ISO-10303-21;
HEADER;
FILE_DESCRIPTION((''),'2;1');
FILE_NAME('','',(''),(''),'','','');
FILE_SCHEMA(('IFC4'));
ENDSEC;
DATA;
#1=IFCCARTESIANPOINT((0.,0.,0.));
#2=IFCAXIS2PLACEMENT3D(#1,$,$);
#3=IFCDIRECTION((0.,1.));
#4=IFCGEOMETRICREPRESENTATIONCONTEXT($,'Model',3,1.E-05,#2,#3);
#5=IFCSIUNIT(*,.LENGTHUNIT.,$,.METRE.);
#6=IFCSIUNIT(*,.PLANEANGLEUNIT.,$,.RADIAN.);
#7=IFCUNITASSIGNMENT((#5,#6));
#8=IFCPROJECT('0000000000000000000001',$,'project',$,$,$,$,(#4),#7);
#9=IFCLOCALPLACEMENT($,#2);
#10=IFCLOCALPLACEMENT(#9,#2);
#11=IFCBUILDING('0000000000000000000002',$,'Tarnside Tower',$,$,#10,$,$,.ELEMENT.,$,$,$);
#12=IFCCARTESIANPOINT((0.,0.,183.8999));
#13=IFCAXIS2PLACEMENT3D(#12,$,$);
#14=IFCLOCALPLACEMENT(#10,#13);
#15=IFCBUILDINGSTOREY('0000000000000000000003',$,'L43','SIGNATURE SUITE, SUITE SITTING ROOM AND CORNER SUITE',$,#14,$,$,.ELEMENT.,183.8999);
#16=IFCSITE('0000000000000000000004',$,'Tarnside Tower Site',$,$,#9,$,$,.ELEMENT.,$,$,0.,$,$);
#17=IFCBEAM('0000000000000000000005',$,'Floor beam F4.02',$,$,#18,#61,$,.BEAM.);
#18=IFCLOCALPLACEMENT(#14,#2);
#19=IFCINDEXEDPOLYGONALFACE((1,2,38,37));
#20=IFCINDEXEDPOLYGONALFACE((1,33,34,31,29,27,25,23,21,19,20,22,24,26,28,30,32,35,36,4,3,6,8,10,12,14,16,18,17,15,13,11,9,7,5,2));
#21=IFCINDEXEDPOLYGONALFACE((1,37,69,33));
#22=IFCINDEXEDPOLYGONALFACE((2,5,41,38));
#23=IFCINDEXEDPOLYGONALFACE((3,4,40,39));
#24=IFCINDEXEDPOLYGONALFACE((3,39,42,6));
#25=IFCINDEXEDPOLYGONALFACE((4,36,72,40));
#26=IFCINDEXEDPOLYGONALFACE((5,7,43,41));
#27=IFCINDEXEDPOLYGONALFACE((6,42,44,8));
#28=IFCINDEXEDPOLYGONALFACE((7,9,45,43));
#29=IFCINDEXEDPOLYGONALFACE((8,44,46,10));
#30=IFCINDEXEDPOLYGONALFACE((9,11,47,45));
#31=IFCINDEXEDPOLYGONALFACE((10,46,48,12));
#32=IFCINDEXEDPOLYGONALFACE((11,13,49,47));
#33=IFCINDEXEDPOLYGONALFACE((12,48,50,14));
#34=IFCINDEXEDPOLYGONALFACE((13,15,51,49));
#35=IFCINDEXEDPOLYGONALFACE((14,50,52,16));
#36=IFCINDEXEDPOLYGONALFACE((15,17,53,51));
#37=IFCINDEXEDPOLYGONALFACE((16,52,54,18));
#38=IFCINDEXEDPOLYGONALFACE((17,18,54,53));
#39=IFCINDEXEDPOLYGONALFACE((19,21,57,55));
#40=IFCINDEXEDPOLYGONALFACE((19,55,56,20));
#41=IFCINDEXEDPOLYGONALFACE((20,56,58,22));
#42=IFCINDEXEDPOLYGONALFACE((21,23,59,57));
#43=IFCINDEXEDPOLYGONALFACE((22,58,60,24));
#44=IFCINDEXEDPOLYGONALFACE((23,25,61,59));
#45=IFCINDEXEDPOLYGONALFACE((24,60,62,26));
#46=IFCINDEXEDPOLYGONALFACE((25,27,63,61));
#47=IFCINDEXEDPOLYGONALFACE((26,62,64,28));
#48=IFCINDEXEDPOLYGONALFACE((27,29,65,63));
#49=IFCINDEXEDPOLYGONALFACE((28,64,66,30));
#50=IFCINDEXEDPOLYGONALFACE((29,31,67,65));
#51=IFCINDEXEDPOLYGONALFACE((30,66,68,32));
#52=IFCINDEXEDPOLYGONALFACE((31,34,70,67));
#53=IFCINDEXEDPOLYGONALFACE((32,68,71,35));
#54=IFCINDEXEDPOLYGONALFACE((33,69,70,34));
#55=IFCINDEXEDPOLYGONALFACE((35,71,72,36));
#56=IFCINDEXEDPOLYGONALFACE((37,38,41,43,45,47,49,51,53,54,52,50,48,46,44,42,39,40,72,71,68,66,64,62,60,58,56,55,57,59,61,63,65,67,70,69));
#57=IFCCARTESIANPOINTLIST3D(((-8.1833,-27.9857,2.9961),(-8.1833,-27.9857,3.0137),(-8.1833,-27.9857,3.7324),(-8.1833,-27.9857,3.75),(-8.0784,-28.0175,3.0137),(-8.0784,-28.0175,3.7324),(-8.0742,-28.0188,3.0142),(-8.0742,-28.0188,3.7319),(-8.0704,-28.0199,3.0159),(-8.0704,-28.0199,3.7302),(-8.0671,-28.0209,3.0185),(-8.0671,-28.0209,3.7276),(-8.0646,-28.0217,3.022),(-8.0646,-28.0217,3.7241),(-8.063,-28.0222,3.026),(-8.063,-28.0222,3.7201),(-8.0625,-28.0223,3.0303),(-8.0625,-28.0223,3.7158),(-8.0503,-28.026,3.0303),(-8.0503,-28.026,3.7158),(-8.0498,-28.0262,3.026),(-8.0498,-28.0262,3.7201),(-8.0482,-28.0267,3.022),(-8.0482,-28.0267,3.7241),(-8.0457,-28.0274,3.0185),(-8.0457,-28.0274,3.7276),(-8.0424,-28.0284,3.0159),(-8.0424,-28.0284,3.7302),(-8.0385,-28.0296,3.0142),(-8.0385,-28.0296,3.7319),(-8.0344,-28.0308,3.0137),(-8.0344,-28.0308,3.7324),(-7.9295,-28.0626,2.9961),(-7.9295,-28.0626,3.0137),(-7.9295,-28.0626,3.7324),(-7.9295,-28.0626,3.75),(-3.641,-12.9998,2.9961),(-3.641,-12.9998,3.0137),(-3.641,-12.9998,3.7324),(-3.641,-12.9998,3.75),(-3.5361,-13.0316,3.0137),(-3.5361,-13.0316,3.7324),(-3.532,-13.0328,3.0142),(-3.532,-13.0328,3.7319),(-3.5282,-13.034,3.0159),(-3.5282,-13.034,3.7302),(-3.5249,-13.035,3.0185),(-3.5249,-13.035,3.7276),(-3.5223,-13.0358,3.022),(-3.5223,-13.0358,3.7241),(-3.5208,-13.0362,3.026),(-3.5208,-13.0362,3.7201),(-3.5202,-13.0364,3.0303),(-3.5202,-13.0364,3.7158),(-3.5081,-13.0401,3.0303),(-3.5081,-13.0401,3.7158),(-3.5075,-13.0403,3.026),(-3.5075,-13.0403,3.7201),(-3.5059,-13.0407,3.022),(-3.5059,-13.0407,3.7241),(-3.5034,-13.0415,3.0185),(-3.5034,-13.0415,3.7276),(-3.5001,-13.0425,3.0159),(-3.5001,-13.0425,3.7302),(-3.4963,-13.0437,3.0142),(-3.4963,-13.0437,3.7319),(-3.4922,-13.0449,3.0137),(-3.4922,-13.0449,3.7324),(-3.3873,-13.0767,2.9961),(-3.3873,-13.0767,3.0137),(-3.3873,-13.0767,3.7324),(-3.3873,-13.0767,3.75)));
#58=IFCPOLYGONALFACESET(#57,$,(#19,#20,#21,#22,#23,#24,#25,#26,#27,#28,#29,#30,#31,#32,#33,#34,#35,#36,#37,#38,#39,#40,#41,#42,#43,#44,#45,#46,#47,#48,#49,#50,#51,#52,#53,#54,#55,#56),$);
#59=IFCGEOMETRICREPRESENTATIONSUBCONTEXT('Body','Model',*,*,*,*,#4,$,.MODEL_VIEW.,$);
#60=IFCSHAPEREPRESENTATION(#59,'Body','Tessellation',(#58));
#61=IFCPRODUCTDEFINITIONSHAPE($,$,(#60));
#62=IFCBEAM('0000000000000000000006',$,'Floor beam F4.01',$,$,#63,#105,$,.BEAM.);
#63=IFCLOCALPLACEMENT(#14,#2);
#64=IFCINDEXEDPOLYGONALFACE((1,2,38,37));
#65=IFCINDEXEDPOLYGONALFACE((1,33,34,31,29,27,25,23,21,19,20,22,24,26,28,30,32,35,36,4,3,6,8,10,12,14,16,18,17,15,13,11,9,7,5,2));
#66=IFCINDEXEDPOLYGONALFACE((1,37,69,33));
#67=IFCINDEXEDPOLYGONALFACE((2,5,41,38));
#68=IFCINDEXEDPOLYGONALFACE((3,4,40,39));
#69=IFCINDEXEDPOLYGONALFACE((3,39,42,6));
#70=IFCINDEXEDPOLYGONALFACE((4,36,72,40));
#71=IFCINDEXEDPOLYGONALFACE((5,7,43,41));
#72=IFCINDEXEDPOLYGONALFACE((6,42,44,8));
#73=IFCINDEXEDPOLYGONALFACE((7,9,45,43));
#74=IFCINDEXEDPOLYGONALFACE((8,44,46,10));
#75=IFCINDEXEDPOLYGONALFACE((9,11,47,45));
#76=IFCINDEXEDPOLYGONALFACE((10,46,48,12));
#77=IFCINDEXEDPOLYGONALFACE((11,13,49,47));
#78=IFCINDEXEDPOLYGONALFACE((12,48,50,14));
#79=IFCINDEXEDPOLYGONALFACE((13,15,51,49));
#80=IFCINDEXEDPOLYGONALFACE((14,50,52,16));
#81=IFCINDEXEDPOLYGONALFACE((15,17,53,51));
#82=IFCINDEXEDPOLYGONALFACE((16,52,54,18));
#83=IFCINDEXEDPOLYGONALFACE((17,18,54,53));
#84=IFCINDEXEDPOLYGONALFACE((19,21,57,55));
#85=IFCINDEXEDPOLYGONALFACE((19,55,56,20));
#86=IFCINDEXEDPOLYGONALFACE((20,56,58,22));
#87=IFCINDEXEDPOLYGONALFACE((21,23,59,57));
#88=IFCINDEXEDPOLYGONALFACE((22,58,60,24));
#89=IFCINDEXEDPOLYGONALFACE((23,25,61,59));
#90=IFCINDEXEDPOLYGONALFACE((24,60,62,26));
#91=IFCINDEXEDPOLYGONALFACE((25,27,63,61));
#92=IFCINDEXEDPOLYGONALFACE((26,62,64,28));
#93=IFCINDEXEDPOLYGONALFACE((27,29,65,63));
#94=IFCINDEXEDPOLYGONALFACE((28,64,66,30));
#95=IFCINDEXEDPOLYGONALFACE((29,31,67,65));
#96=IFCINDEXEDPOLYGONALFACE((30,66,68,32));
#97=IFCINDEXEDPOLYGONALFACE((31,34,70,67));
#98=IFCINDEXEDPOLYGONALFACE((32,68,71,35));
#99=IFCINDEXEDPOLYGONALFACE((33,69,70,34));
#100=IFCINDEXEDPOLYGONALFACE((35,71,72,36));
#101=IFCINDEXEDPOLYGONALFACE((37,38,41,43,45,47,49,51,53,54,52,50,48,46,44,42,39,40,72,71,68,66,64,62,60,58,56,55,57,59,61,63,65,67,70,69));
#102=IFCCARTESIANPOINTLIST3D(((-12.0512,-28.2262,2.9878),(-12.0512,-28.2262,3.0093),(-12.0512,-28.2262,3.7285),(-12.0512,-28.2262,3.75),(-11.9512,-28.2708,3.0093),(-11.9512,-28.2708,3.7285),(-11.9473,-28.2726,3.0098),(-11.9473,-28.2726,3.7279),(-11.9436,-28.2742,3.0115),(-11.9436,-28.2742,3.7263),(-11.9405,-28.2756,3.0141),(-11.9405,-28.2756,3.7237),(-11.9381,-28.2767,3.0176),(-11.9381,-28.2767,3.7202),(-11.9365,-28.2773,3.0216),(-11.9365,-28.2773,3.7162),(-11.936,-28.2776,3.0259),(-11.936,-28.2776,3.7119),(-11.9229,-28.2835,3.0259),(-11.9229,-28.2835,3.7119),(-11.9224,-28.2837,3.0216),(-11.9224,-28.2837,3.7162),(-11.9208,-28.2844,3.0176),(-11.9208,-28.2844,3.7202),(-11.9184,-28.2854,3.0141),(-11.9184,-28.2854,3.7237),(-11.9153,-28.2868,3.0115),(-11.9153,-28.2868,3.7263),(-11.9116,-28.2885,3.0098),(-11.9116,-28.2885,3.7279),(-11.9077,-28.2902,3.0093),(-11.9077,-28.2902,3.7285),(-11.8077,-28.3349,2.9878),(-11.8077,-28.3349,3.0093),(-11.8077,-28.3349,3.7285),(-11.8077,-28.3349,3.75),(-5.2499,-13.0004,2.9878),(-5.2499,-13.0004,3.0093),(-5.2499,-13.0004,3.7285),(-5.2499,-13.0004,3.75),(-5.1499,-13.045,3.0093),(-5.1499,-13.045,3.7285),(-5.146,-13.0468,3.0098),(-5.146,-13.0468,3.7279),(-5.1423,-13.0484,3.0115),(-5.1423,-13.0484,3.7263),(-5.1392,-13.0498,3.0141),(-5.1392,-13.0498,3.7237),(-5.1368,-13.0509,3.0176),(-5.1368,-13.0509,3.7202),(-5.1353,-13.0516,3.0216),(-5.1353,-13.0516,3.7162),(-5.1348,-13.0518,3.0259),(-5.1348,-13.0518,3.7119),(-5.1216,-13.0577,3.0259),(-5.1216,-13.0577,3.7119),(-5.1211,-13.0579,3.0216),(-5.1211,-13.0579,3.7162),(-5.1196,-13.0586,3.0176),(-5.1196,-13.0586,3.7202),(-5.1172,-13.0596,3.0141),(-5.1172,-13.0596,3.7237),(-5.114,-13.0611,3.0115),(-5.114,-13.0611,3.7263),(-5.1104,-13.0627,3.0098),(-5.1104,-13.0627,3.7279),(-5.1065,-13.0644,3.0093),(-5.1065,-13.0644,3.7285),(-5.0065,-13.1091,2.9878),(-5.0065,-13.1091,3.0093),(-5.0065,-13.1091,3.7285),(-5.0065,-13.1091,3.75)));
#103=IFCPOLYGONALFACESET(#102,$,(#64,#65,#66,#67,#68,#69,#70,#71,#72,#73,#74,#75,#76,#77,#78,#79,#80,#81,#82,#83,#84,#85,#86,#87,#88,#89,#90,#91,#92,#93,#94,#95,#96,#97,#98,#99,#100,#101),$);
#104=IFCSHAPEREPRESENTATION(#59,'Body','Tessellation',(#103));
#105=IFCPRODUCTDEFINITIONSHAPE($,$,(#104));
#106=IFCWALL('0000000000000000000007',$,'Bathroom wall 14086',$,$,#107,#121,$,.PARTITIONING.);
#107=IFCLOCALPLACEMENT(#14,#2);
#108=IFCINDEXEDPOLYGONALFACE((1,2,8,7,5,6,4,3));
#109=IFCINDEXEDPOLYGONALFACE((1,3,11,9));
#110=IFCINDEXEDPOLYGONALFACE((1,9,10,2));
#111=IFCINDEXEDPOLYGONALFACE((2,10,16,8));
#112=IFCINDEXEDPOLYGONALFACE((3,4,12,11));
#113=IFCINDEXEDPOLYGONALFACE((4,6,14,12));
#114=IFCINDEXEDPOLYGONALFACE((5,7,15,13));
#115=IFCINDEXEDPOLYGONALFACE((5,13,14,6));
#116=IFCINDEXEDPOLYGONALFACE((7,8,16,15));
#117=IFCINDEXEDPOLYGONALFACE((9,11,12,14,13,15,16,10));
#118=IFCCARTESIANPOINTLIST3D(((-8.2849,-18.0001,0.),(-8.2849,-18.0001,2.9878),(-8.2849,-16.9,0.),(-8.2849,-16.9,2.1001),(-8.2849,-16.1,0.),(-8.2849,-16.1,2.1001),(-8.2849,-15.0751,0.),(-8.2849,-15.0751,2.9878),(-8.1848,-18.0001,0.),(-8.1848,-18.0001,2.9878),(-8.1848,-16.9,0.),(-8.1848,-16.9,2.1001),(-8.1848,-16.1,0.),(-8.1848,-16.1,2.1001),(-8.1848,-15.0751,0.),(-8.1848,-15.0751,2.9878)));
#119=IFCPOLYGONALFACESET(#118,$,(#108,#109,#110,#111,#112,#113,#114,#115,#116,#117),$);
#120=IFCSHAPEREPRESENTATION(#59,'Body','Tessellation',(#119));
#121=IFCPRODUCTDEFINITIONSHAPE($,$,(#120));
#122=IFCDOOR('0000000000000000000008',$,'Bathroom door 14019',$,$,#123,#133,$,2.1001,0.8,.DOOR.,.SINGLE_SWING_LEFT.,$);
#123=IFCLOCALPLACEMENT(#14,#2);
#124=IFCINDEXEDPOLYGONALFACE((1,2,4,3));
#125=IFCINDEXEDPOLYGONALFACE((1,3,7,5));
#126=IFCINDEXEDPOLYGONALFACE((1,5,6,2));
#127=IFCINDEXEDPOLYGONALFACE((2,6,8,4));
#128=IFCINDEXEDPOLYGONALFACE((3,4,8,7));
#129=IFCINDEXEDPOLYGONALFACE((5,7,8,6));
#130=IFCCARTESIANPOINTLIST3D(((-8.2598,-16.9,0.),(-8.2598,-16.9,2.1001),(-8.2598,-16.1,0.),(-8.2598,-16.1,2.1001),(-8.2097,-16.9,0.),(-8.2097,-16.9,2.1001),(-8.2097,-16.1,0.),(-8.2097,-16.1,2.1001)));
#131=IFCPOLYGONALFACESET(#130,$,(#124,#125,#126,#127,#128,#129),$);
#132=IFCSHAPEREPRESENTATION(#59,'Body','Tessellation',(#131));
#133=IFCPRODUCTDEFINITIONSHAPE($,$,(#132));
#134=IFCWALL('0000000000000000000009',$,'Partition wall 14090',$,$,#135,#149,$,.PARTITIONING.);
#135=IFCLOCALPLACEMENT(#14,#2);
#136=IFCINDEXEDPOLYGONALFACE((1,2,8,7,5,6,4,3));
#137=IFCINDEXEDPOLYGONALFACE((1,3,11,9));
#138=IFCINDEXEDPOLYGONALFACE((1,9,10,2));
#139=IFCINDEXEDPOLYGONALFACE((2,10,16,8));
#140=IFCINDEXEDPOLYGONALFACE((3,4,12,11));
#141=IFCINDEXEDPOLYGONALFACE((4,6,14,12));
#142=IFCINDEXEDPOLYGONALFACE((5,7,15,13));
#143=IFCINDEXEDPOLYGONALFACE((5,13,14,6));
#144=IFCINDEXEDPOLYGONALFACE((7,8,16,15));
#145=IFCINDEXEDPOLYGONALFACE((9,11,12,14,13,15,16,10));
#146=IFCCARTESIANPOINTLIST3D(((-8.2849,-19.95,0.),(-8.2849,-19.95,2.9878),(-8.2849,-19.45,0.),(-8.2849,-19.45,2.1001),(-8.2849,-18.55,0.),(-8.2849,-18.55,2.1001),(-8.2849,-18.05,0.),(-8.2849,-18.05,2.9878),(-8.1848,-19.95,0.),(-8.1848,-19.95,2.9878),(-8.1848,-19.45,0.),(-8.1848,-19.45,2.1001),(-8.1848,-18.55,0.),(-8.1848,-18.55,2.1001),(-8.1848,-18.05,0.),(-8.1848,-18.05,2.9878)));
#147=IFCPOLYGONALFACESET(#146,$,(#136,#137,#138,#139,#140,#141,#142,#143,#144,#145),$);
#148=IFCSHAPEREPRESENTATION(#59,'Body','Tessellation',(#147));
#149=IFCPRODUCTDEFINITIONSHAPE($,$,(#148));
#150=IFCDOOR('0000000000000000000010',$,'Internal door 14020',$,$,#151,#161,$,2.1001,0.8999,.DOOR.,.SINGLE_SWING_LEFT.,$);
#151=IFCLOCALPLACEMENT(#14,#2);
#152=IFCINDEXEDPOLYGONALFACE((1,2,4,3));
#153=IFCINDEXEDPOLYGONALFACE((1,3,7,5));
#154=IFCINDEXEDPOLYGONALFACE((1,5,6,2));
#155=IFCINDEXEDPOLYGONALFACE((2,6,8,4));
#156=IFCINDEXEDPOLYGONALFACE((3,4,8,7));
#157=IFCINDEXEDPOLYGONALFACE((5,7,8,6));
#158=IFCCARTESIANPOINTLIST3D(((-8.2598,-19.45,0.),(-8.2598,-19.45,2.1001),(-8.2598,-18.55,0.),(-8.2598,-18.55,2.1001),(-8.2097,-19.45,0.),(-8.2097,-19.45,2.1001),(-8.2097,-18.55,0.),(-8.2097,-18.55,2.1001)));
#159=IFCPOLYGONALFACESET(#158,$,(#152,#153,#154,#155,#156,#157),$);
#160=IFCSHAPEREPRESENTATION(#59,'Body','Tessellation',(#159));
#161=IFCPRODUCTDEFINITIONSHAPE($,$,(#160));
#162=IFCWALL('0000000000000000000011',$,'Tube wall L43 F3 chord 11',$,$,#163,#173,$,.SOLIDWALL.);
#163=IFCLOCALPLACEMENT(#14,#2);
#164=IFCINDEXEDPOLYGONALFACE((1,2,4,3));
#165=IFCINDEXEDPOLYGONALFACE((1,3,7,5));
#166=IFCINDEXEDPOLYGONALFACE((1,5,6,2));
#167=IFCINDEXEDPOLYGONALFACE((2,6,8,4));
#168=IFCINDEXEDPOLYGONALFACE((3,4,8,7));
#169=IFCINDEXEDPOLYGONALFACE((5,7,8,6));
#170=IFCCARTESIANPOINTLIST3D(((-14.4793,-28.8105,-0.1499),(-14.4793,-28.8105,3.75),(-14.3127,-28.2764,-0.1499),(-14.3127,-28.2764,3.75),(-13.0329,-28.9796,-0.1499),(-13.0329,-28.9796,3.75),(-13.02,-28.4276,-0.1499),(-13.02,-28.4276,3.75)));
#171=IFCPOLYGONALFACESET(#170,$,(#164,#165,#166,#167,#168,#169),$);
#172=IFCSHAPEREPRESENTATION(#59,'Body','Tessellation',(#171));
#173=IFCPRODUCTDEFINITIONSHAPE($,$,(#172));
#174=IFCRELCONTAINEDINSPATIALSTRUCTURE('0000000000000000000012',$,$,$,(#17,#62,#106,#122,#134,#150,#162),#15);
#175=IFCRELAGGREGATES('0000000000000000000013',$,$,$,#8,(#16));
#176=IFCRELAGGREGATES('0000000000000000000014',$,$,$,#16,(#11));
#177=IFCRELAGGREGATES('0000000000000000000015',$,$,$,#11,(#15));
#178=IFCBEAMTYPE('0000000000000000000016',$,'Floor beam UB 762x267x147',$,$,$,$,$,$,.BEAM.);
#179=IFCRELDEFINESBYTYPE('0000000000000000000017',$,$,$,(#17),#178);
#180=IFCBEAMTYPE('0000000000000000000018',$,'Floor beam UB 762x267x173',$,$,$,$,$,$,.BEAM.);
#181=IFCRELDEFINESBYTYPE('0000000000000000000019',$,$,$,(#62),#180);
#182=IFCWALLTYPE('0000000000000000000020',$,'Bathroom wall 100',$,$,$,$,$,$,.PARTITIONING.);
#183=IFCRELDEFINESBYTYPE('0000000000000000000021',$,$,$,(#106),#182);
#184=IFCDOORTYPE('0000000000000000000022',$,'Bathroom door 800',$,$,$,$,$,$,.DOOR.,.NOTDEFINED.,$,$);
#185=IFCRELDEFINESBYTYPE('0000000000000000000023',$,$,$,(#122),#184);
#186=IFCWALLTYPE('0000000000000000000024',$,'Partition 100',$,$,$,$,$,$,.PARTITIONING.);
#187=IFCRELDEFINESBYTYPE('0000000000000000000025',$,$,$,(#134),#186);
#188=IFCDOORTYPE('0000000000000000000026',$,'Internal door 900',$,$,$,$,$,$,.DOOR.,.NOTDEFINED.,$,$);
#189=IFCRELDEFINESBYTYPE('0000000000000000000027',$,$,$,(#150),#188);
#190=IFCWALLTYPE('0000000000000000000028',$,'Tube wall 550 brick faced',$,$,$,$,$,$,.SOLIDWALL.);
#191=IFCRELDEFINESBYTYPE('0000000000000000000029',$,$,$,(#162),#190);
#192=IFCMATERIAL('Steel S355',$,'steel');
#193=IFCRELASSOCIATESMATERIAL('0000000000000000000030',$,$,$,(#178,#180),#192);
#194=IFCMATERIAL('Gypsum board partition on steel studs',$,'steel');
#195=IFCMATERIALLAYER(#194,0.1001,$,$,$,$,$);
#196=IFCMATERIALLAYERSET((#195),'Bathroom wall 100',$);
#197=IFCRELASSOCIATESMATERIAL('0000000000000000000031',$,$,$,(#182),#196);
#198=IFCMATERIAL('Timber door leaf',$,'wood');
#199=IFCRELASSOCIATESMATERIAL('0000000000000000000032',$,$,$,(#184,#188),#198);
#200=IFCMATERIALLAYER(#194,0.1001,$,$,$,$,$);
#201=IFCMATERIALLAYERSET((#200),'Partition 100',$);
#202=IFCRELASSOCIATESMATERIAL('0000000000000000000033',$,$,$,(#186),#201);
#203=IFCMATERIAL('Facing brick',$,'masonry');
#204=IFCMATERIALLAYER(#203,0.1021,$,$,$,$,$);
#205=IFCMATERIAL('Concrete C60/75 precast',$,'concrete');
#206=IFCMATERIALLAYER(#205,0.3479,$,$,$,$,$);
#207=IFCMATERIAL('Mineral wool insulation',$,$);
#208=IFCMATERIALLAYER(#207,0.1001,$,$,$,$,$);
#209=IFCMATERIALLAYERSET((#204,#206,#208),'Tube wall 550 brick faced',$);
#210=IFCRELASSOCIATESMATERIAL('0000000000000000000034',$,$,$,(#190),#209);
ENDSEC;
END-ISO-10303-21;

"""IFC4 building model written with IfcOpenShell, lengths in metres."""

from ifc_helpers import new_model, si_unit, direction, frame, frame_2d, origin, origin_2d, place, context, subcontext, project, spatial, polyline, rectangle, i_section, outline, extrude, material, layer, layer_set, material_profile, profile_set, type_object, element, fill, save


model = new_model("IFC4")

# Units and contexts
model_context = context("Model", 3, precision=1e-05, world=origin(), true_north=direction((0.0, 1.0)))
body_context = subcontext(model_context, "Body", "Model", "MODEL_VIEW")
ifc_project = project(units=[si_unit("LENGTHUNIT", "METRE"), si_unit("PLANEANGLEUNIT", "RADIAN")], contexts=[model_context])

# Site, building, storey
site_placement = place(None, origin())
site = spatial("IfcSite", under=ifc_project, at=site_placement, Name="Tarnside Tower Site", CompositionType="ELEMENT", RefElevation=0.0)
building_placement = place(site_placement, origin())
building = spatial("IfcBuilding", under=site, at=building_placement, Name="Tarnside Tower", CompositionType="ELEMENT")
storey_placement = place(building_placement, frame((0.0, 0.0, 183.8999)))
storey = spatial("IfcBuildingStorey", under=building, at=storey_placement, Name="L43", Description="SIGNATURE SUITE, SUITE SITTING ROOM AND CORNER SUITE", CompositionType="ELEMENT", Elevation=183.8999)

# Beams
ifc_material_1 = material(Name="Steel S355", Category="steel")
ifc_material_profile_1 = material_profile(ifc_material_1, i_section(OverallWidth=0.2651, OverallDepth=0.7539, WebThickness=0.0127, FlangeThickness=0.0176, FilletRadius=0.0166, at=origin_2d()), Name="UB 762x267x147")
ifc_profile_set_1 = profile_set([ifc_material_profile_1], Name="Steel S355")
beam_type_1 = type_object("IfcBeamType", Name="Floor beam UB 762x267x147", PredefinedType="BEAM", material=ifc_profile_set_1)
beam_1_placement = place(storey_placement, frame((-8.0564, -28.0242, 3.373), z_axis=(0.29007, 0.957005, 0.0), x_axis=(-0.957005, 0.29007, 0.0)))
element("IfcBeam", 1, at=beam_1_placement, inside=storey, type_object=beam_type_1, Name="Floor beam F4.02", PredefinedType="BEAM", context=body_context, shape_type="SweptSolid", body=[
    extrude(i_section(OverallWidth=0.2651, OverallDepth=0.7539, WebThickness=0.0127, FlangeThickness=0.0176, FilletRadius=0.0166, at=origin_2d()), origin(), (0.0, 0.0, 1.0), 15.6592),
])
ifc_material_profile_2 = material_profile(ifc_material_1, i_section(OverallWidth=0.2666, OverallDepth=0.7622, WebThickness=0.0144, FlangeThickness=0.0215, FilletRadius=0.0166, at=origin_2d()), Name="UB 762x267x173")
ifc_profile_set_2 = profile_set([ifc_material_profile_2], Name="Steel S355")
beam_type_2 = type_object("IfcBeamType", Name="Floor beam UB 762x267x173", PredefinedType="BEAM", material=ifc_profile_set_2)
beam_2_placement = place(storey_placement, frame((-11.9294, -28.2805, 3.3689), z_axis=(0.407852, 0.913048, 0.0), x_axis=(-0.913048, 0.407852, 0.0)))
element("IfcBeam", 2, at=beam_2_placement, inside=storey, type_object=beam_type_2, Name="Floor beam F4.01", PredefinedType="BEAM", context=body_context, shape_type="SweptSolid", body=[
    extrude(i_section(OverallWidth=0.2666, OverallDepth=0.7622, WebThickness=0.0144, FlangeThickness=0.0215, FilletRadius=0.0166, at=origin_2d()), origin(), (0.0, 0.0, 1.0), 16.6758),
])

# Walls, openings, doors
ifc_material_2 = material(Name="Gypsum board partition on steel studs", Category="steel")
ifc_layer_1 = layer(ifc_material_2, 0.1001)
ifc_layer_set_1 = layer_set([ifc_layer_1], Name="Bathroom wall 100")
wall_type_1 = type_object("IfcWallType", Name="Bathroom wall 100", PredefinedType="PARTITIONING", material=ifc_layer_set_1)
wall_1_placement = place(storey_placement, frame((-8.2349, -18.0, 0.0), z_axis=(0.0, 0.0, 1.0), x_axis=(0.0, 1.0, 0.0)))
wall_1 = element("IfcWall", 3, at=wall_1_placement, inside=storey, type_object=wall_type_1, Name="Bathroom wall 14086", PredefinedType="PARTITIONING", context=body_context, shape_type="SweptSolid", body=[
    extrude(rectangle(XDim=2.925, YDim=0.1001, at=frame_2d((1.4624, 0.0))), origin(), (0.0, 0.0, 1.0), 2.9878),
])
opening_1_placement = place(wall_1_placement, frame((1.1001, 0.0, 0.0)))
opening_1 = element("IfcOpeningElement", 4, at=opening_1_placement, cuts=wall_1, PredefinedType="OPENING", context=body_context, shape_type="SweptSolid", body=[
    extrude(rectangle(XDim=0.8, YDim=2.1001, at=frame_2d((0.3999, 1.05))), frame((0.0, 0.0601, 0.0), z_axis=(0.0, -1.0, 0.0), x_axis=(1.0, 0.0, 0.0)), (0.0, 0.0, 1.0), 0.1201),
])
ifc_material_3 = material(Name="Timber door leaf", Category="wood")
door_type_1 = type_object("IfcDoorType", Name="Bathroom door 800", OperationType="NOTDEFINED", PredefinedType="DOOR", material=ifc_material_3)
door_1_placement = place(opening_1_placement, origin())
door_1 = element("IfcDoor", 5, at=door_1_placement, inside=storey, type_object=door_type_1, Name="Bathroom door 14019", OperationType="SINGLE_SWING_LEFT", OverallHeight=2.1001, OverallWidth=0.8, PredefinedType="DOOR", context=body_context, shape_type="SweptSolid", body=[
    extrude(rectangle(XDim=0.8, YDim=2.1001, at=frame_2d((0.3999, 1.05))), frame((0.0, 0.0249, 0.0), z_axis=(0.0, -1.0, 0.0), x_axis=(1.0, 0.0, 0.0)), (0.0, 0.0, 1.0), 0.05),
])
fill(opening_1, door_1)
ifc_layer_2 = layer(ifc_material_2, 0.1001)
ifc_layer_set_2 = layer_set([ifc_layer_2], Name="Partition 100")
wall_type_2 = type_object("IfcWallType", Name="Partition 100", PredefinedType="PARTITIONING", material=ifc_layer_set_2)
wall_2_placement = place(storey_placement, frame((-8.2349, -19.95, 0.0), z_axis=(0.0, 0.0, 1.0), x_axis=(0.0, 1.0, 0.0)))
wall_2 = element("IfcWall", 6, at=wall_2_placement, inside=storey, type_object=wall_type_2, Name="Partition wall 14090", PredefinedType="PARTITIONING", context=body_context, shape_type="SweptSolid", body=[
    extrude(rectangle(XDim=1.8999, YDim=0.1001, at=frame_2d((0.95, 0.0))), origin(), (0.0, 0.0, 1.0), 2.9878),
])
opening_2_placement = place(wall_2_placement, frame((0.5, 0.0, 0.0)))
opening_2 = element("IfcOpeningElement", 7, at=opening_2_placement, cuts=wall_2, PredefinedType="OPENING", context=body_context, shape_type="SweptSolid", body=[
    extrude(rectangle(XDim=0.8999, YDim=2.1001, at=frame_2d((0.45, 1.05))), frame((0.0, 0.0601, 0.0), z_axis=(0.0, -1.0, 0.0), x_axis=(1.0, 0.0, 0.0)), (0.0, 0.0, 1.0), 0.1201),
])
door_type_2 = type_object("IfcDoorType", Name="Internal door 900", OperationType="NOTDEFINED", PredefinedType="DOOR", material=ifc_material_3)
door_2_placement = place(opening_2_placement, origin())
door_2 = element("IfcDoor", 8, at=door_2_placement, inside=storey, type_object=door_type_2, Name="Internal door 14020", OperationType="SINGLE_SWING_LEFT", OverallHeight=2.1001, OverallWidth=0.8999, PredefinedType="DOOR", context=body_context, shape_type="SweptSolid", body=[
    extrude(rectangle(XDim=0.8999, YDim=2.1001, at=frame_2d((0.45, 1.05))), frame((0.0, 0.0249, 0.0), z_axis=(0.0, -1.0, 0.0), x_axis=(1.0, 0.0, 0.0)), (0.0, 0.0, 1.0), 0.05),
])
fill(opening_2, door_2)

# Wall
ifc_material_4 = material(Name="Facing brick", Category="masonry")
ifc_layer_3 = layer(ifc_material_4, 0.1021)
ifc_material_5 = material(Name="Concrete C60/75 precast", Category="concrete")
ifc_layer_4 = layer(ifc_material_5, 0.3479)
ifc_material_6 = material(Name="Mineral wool insulation")
ifc_layer_5 = layer(ifc_material_6, 0.1001)
ifc_layer_set_3 = layer_set([ifc_layer_3, ifc_layer_4, ifc_layer_5], Name="Tube wall 550 brick faced")
wall_type_3 = type_object("IfcWallType", Name="Tube wall 550 brick faced", PredefinedType="SOLIDWALL", material=ifc_layer_set_3)
wall_3_placement = place(storey_placement, frame((-14.396, -28.5435, -0.1499), z_axis=(0.0, 0.0, 1.0), x_axis=(0.993233, -0.116143, 0.0)))
element("IfcWall", 9, at=wall_3_placement, inside=storey, type_object=wall_type_3, Name="Tube wall L43 F3 chord 11", PredefinedType="SOLIDWALL", context=body_context, shape_type="SweptSolid", body=[
    extrude(outline(polyline([(-0.0518, -0.2749), (1.4045, -0.2749), (1.3533, 0.2749), (0.0518, 0.2749), (-0.0518, -0.2749)])), origin(), (0.0, 0.0, 1.0), 3.8999),
])

save(model, "model.ifc")
